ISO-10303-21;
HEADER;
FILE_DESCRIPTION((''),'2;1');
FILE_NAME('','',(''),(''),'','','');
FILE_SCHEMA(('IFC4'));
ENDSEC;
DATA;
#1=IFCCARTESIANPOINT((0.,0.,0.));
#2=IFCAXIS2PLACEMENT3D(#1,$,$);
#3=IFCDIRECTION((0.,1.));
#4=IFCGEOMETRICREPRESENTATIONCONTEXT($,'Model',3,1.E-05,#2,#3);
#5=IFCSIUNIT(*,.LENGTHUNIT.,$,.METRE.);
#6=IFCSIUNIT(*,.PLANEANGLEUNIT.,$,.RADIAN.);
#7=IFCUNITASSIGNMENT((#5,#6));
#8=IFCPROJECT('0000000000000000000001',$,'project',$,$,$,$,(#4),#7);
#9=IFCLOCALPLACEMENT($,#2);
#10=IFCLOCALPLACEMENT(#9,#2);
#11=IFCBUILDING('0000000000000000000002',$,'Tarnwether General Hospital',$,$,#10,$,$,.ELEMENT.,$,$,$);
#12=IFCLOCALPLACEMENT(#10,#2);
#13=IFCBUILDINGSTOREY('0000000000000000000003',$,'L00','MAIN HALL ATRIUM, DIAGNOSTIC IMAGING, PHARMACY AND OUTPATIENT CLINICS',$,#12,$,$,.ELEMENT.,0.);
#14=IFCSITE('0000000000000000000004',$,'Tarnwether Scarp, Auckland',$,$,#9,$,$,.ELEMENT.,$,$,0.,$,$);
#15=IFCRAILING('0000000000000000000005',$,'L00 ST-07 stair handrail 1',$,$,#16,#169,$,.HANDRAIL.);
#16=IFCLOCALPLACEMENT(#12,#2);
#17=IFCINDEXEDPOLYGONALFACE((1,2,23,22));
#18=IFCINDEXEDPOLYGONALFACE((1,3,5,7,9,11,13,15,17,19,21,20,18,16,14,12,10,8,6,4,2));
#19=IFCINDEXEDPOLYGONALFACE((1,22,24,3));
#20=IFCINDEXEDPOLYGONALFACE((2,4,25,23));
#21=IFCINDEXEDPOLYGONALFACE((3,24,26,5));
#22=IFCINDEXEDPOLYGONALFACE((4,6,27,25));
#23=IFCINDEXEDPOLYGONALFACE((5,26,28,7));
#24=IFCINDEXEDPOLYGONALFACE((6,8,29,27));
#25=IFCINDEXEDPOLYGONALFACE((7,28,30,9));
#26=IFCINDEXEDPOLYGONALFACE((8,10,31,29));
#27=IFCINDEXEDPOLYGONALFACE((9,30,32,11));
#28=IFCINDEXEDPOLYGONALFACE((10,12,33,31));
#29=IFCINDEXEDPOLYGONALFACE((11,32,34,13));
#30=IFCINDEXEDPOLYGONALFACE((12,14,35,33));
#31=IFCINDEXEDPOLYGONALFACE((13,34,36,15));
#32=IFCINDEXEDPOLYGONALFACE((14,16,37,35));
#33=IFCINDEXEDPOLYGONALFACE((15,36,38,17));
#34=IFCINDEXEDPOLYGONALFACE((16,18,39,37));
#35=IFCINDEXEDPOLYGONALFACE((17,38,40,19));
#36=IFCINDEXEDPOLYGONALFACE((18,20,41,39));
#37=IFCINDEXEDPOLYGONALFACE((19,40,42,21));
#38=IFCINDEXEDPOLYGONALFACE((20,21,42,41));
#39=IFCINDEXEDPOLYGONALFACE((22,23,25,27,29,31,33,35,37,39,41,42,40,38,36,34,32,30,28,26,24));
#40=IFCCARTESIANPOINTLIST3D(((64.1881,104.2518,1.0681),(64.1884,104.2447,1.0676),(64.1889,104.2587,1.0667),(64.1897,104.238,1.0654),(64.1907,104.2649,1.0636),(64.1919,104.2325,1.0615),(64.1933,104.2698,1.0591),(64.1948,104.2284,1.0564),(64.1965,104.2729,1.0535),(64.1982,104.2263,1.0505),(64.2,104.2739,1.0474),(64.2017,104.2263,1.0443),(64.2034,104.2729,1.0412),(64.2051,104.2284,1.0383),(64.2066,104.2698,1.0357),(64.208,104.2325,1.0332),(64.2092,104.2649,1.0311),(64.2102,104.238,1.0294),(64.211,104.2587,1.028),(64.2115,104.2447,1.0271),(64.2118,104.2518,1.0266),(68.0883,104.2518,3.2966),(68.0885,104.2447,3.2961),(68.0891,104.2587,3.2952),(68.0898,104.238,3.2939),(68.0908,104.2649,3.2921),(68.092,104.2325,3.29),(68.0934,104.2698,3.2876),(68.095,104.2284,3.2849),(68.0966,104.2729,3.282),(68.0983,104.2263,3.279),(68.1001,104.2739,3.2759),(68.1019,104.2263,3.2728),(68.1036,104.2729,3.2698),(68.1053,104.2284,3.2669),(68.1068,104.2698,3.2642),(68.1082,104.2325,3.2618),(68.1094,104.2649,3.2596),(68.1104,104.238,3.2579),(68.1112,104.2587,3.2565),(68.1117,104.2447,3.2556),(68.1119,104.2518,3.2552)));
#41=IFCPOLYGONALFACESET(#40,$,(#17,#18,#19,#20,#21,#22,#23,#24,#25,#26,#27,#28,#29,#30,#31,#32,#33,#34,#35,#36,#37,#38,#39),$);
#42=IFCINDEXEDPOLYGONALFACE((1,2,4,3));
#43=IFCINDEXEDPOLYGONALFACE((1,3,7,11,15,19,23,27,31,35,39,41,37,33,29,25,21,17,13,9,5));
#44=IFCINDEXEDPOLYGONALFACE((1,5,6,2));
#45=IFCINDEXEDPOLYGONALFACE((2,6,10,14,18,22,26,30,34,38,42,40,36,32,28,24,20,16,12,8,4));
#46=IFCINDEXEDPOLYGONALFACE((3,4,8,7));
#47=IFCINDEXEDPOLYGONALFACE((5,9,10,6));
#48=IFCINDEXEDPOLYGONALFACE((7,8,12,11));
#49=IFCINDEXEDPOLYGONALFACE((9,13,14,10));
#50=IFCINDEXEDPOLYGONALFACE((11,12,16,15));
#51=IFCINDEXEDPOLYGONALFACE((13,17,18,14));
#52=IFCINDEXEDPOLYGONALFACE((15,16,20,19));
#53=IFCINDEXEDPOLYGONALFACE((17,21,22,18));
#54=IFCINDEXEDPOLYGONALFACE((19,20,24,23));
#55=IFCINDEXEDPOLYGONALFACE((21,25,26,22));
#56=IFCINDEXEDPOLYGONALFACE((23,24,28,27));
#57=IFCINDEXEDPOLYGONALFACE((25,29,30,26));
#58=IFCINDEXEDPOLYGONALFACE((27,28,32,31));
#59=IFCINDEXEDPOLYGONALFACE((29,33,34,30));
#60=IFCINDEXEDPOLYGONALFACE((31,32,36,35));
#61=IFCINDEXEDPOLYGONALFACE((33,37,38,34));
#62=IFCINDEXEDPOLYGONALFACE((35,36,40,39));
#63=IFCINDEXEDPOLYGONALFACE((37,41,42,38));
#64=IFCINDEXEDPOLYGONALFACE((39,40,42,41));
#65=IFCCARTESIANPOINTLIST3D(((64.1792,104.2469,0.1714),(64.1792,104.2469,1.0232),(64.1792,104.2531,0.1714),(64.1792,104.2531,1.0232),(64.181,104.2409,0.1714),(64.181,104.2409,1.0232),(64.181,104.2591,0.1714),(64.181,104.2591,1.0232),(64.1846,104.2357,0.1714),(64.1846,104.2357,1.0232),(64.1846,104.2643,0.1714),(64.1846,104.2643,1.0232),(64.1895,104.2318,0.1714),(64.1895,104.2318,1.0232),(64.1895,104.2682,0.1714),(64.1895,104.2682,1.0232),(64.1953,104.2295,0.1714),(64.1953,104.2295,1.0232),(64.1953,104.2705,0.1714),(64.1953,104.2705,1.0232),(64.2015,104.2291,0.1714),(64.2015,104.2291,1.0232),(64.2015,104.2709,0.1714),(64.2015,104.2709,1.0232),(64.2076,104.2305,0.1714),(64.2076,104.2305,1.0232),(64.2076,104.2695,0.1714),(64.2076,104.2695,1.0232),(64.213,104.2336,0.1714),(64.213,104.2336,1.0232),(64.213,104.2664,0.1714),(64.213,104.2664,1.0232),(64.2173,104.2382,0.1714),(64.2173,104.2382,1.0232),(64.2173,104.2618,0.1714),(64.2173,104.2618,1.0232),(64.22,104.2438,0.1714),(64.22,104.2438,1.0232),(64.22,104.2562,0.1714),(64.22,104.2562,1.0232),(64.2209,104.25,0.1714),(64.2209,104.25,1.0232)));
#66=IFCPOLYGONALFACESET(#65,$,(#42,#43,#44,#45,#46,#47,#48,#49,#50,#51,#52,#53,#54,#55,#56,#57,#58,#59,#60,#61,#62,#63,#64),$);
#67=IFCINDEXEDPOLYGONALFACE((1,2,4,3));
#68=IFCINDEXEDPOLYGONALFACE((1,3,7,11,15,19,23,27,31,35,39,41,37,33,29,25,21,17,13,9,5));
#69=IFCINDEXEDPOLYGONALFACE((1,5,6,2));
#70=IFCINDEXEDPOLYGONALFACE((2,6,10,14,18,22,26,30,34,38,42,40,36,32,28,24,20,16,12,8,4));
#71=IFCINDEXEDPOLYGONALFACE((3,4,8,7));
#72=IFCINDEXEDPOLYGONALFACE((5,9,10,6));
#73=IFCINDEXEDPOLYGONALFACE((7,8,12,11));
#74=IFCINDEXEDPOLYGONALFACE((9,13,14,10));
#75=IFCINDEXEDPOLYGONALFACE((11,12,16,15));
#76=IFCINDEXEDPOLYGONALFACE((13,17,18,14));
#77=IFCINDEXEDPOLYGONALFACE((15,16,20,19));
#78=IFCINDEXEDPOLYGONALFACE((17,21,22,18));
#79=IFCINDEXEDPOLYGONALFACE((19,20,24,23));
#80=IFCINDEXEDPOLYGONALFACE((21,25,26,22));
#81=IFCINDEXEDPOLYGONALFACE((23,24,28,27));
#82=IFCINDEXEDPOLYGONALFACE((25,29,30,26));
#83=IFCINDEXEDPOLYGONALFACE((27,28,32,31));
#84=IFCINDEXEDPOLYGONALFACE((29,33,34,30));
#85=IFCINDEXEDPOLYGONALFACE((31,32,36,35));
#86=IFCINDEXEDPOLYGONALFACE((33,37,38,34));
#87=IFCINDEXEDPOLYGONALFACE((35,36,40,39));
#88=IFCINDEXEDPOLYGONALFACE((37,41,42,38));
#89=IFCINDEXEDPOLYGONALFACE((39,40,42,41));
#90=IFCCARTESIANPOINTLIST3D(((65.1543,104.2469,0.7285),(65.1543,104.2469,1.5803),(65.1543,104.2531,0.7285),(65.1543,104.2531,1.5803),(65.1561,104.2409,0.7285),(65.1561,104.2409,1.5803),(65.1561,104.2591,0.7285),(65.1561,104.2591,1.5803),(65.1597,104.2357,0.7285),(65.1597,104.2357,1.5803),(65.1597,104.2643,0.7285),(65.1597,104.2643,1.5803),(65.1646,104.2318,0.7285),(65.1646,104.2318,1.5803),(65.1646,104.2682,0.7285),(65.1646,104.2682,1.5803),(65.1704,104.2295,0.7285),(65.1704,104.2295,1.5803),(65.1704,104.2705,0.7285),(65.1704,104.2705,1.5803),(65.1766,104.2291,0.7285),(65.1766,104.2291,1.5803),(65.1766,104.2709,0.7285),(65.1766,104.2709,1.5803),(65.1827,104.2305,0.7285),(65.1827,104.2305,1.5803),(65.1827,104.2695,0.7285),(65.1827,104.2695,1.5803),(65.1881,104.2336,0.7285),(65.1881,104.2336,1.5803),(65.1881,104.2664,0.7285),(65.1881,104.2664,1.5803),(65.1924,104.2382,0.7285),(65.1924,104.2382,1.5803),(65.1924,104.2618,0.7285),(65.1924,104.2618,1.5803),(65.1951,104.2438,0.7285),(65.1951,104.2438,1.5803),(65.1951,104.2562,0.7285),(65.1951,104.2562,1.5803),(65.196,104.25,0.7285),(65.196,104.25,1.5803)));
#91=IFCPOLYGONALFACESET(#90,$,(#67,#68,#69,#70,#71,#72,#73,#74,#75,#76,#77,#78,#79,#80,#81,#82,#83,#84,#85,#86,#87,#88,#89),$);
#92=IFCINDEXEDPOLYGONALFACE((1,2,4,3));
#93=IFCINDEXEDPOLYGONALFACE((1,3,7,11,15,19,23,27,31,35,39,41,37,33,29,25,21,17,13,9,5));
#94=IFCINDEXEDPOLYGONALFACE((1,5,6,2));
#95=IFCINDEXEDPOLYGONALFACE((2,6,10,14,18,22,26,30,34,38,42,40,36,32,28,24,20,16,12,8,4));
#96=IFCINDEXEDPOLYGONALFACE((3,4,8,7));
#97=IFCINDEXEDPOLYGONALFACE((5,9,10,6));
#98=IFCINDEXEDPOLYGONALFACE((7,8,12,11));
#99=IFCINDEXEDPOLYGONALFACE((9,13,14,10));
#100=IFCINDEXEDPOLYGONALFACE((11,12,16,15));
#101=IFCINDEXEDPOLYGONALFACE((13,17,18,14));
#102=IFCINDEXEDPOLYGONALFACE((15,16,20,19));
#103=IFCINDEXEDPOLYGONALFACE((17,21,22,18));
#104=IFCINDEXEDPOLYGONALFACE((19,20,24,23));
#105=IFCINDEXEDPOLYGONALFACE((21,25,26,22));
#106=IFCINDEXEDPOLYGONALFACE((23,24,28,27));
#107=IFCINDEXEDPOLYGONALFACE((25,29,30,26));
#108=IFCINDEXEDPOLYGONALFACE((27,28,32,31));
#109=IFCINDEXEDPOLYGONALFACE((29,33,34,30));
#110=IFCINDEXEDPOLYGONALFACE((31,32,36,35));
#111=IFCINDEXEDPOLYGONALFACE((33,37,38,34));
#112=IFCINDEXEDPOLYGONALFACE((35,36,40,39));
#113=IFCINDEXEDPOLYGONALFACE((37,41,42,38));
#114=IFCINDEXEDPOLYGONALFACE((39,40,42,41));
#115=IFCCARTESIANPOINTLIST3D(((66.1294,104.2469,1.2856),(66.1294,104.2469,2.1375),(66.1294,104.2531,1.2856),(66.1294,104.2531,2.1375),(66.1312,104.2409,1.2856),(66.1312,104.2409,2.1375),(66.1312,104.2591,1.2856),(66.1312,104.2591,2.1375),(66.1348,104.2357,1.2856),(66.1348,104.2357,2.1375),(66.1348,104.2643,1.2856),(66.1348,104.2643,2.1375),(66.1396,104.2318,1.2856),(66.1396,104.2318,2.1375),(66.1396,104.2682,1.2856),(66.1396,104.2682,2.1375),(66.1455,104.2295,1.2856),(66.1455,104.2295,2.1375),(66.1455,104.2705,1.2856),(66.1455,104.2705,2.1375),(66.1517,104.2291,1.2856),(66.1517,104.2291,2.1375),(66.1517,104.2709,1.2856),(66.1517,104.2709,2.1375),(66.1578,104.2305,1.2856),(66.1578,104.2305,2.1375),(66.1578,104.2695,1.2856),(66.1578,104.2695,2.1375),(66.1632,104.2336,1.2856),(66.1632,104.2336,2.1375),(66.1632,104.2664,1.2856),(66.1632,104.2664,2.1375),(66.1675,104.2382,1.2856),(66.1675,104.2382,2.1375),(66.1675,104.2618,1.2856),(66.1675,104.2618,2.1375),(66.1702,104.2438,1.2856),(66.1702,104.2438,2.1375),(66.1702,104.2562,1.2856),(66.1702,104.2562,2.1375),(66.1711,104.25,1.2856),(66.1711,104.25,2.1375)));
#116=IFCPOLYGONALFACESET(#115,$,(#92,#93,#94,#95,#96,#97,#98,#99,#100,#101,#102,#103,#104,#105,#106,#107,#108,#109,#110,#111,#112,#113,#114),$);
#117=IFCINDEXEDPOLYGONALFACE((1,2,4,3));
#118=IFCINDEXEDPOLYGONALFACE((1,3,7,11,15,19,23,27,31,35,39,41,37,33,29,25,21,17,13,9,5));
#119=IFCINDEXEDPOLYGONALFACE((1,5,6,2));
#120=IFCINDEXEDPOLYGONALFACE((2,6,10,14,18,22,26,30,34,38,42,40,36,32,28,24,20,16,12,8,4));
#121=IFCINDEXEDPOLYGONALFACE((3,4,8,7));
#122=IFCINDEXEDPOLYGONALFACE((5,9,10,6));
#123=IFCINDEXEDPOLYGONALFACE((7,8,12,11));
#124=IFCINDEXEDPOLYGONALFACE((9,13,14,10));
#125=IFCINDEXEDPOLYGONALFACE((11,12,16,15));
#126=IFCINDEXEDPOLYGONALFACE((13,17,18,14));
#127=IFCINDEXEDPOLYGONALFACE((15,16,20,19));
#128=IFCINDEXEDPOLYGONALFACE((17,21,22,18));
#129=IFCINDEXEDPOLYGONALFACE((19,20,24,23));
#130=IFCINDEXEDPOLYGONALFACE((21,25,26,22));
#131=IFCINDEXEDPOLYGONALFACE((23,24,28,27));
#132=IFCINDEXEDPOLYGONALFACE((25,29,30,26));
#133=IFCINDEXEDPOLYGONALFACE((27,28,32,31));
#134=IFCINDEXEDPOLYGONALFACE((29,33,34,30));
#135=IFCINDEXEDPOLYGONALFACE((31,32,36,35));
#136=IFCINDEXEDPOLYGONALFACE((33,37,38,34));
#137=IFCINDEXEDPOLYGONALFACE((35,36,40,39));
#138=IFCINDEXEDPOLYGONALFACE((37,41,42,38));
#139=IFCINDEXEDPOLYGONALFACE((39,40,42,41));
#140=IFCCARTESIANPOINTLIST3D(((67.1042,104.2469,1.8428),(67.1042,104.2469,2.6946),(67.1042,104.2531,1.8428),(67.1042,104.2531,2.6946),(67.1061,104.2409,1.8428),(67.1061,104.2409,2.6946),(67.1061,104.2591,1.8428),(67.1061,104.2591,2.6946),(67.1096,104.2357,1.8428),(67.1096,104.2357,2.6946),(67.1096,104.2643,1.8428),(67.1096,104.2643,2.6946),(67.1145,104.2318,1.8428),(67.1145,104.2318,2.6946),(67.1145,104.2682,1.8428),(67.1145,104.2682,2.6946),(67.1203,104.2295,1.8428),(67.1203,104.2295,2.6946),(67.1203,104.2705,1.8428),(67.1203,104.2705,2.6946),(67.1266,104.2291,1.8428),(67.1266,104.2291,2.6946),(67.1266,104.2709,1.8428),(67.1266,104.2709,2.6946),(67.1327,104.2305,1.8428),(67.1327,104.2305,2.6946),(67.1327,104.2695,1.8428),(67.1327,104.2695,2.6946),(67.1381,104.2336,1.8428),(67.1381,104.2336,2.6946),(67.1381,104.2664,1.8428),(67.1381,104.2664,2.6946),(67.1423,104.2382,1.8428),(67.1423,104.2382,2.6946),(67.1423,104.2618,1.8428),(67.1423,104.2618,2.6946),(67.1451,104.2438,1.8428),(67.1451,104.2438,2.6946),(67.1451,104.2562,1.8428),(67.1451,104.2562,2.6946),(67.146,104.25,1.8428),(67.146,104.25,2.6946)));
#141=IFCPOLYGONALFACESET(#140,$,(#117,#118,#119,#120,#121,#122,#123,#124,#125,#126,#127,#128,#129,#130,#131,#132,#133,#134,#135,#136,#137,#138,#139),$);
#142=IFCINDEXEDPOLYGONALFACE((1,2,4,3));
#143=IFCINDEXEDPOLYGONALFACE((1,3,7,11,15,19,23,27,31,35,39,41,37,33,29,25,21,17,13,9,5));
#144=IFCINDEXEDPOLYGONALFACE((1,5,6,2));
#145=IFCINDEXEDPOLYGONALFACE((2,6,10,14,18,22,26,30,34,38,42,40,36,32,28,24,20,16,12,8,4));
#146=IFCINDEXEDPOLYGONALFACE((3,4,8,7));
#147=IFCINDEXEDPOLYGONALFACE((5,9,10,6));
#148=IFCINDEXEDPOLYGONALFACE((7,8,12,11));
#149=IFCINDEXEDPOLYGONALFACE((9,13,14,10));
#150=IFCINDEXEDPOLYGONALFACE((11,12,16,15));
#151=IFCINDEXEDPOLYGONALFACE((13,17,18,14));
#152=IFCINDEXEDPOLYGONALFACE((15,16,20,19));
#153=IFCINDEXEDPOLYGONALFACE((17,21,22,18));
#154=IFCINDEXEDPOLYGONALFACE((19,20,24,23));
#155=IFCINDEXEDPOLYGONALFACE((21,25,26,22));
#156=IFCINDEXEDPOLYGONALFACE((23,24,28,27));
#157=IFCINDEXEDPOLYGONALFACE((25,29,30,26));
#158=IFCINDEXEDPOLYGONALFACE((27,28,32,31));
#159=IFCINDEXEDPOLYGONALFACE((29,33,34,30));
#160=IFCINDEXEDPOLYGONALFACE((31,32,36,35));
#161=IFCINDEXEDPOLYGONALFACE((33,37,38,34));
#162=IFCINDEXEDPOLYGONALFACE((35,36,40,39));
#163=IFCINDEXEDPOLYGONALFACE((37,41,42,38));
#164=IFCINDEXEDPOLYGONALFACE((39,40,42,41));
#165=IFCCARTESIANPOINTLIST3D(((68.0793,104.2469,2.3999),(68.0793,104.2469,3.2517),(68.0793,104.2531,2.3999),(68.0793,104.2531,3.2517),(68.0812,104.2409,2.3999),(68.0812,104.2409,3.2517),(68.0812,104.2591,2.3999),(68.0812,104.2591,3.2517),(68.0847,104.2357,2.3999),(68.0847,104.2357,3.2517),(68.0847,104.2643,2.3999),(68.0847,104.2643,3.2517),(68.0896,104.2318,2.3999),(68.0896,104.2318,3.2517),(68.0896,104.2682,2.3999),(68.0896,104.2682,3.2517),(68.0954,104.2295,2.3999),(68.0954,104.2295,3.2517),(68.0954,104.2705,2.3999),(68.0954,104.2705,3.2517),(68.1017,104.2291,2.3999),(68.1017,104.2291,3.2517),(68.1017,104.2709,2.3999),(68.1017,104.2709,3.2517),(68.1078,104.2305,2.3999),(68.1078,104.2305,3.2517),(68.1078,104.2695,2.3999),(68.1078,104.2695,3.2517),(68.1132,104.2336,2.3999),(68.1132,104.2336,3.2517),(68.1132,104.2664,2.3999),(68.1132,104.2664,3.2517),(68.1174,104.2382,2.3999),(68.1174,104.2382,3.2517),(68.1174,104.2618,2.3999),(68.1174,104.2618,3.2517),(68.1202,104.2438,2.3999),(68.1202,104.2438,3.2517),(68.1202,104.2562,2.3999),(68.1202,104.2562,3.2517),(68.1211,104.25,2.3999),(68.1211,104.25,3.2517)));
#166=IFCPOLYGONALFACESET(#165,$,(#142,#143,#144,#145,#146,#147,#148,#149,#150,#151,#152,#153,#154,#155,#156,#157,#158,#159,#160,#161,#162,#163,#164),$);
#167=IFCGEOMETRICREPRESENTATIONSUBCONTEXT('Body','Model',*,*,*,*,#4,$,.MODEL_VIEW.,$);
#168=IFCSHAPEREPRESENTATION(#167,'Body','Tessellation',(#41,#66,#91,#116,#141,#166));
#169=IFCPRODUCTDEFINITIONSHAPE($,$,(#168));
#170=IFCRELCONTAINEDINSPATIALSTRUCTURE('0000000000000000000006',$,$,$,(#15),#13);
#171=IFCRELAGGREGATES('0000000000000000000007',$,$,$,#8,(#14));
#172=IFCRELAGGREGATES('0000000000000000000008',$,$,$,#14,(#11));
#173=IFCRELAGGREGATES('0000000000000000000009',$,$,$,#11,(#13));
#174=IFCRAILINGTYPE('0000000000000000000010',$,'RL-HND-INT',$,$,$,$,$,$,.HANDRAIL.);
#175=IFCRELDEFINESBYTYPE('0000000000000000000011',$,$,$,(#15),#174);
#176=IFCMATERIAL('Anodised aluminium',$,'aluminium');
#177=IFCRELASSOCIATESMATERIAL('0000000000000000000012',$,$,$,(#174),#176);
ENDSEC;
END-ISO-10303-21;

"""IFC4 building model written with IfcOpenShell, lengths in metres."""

from ifc_helpers import new_model, si_unit, direction, frame, origin, origin_2d, place, context, subcontext, project, spatial, circle, extrude, material, type_object, element, save


model = new_model("IFC4")

# Units and contexts
model_context = context("Model", 3, precision=1e-05, world=origin(), true_north=direction((0.0, 1.0)))
body_context = subcontext(model_context, "Body", "Model", "MODEL_VIEW")
ifc_project = project(units=[si_unit("LENGTHUNIT", "METRE"), si_unit("PLANEANGLEUNIT", "RADIAN")], contexts=[model_context])

# Site, building, storey
site_placement = place(None, origin())
site = spatial("IfcSite", under=ifc_project, at=site_placement, Name="Tarnwether Scarp, Auckland", CompositionType="ELEMENT", RefElevation=0.0)
building_placement = place(site_placement, origin())
building = spatial("IfcBuilding", under=site, at=building_placement, Name="Tarnwether General Hospital", CompositionType="ELEMENT")
storey_placement = place(building_placement, origin())
storey = spatial("IfcBuildingStorey", under=building, at=storey_placement, Name="L00", Description="MAIN HALL ATRIUM, DIAGNOSTIC IMAGING, PHARMACY AND OUTPATIENT CLINICS", CompositionType="ELEMENT", Elevation=0.0)

# Railing
ifc_material_1 = material(Name="Anodised aluminium", Category="aluminium")
railing_type_1 = type_object("IfcRailingType", Name="RL-HND-INT", PredefinedType="HANDRAIL", material=ifc_material_1)
railing_1_placement = place(storey_placement, frame((64.2, 104.25, 0.1714)))
element("IfcRailing", 1, at=railing_1_placement, inside=storey, type_object=railing_type_1, Name="L00 ST-07 stair handrail 1", PredefinedType="HANDRAIL", context=body_context, shape_type="SweptSolid", body=[
    extrude(circle(Radius=0.0239, at=origin_2d()), frame((0.0, 0.0, 0.876), z_axis=(0.868257, 0.0, 0.496116), x_axis=(0.0, 1.0, 0.0)), (0.0, 0.0, 1.0), 4.4919),
    extrude(circle(Radius=0.021, at=origin_2d()), origin(), (0.0, 0.0, 1.0), 0.8518),
    extrude(circle(Radius=0.021, at=origin_2d()), frame((0.9751, 0.0, 0.5571)), (0.0, 0.0, 1.0), 0.8518),
    extrude(circle(Radius=0.021, at=origin_2d()), frame((1.9502, 0.0, 1.1143)), (0.0, 0.0, 1.0), 0.8518),
    extrude(circle(Radius=0.021, at=origin_2d()), frame((2.925, 0.0, 1.6714)), (0.0, 0.0, 1.0), 0.8518),
    extrude(circle(Radius=0.021, at=origin_2d()), frame((3.9001, 0.0, 2.2285)), (0.0, 0.0, 1.0), 0.8518),
])

save(model, "model.ifc")
